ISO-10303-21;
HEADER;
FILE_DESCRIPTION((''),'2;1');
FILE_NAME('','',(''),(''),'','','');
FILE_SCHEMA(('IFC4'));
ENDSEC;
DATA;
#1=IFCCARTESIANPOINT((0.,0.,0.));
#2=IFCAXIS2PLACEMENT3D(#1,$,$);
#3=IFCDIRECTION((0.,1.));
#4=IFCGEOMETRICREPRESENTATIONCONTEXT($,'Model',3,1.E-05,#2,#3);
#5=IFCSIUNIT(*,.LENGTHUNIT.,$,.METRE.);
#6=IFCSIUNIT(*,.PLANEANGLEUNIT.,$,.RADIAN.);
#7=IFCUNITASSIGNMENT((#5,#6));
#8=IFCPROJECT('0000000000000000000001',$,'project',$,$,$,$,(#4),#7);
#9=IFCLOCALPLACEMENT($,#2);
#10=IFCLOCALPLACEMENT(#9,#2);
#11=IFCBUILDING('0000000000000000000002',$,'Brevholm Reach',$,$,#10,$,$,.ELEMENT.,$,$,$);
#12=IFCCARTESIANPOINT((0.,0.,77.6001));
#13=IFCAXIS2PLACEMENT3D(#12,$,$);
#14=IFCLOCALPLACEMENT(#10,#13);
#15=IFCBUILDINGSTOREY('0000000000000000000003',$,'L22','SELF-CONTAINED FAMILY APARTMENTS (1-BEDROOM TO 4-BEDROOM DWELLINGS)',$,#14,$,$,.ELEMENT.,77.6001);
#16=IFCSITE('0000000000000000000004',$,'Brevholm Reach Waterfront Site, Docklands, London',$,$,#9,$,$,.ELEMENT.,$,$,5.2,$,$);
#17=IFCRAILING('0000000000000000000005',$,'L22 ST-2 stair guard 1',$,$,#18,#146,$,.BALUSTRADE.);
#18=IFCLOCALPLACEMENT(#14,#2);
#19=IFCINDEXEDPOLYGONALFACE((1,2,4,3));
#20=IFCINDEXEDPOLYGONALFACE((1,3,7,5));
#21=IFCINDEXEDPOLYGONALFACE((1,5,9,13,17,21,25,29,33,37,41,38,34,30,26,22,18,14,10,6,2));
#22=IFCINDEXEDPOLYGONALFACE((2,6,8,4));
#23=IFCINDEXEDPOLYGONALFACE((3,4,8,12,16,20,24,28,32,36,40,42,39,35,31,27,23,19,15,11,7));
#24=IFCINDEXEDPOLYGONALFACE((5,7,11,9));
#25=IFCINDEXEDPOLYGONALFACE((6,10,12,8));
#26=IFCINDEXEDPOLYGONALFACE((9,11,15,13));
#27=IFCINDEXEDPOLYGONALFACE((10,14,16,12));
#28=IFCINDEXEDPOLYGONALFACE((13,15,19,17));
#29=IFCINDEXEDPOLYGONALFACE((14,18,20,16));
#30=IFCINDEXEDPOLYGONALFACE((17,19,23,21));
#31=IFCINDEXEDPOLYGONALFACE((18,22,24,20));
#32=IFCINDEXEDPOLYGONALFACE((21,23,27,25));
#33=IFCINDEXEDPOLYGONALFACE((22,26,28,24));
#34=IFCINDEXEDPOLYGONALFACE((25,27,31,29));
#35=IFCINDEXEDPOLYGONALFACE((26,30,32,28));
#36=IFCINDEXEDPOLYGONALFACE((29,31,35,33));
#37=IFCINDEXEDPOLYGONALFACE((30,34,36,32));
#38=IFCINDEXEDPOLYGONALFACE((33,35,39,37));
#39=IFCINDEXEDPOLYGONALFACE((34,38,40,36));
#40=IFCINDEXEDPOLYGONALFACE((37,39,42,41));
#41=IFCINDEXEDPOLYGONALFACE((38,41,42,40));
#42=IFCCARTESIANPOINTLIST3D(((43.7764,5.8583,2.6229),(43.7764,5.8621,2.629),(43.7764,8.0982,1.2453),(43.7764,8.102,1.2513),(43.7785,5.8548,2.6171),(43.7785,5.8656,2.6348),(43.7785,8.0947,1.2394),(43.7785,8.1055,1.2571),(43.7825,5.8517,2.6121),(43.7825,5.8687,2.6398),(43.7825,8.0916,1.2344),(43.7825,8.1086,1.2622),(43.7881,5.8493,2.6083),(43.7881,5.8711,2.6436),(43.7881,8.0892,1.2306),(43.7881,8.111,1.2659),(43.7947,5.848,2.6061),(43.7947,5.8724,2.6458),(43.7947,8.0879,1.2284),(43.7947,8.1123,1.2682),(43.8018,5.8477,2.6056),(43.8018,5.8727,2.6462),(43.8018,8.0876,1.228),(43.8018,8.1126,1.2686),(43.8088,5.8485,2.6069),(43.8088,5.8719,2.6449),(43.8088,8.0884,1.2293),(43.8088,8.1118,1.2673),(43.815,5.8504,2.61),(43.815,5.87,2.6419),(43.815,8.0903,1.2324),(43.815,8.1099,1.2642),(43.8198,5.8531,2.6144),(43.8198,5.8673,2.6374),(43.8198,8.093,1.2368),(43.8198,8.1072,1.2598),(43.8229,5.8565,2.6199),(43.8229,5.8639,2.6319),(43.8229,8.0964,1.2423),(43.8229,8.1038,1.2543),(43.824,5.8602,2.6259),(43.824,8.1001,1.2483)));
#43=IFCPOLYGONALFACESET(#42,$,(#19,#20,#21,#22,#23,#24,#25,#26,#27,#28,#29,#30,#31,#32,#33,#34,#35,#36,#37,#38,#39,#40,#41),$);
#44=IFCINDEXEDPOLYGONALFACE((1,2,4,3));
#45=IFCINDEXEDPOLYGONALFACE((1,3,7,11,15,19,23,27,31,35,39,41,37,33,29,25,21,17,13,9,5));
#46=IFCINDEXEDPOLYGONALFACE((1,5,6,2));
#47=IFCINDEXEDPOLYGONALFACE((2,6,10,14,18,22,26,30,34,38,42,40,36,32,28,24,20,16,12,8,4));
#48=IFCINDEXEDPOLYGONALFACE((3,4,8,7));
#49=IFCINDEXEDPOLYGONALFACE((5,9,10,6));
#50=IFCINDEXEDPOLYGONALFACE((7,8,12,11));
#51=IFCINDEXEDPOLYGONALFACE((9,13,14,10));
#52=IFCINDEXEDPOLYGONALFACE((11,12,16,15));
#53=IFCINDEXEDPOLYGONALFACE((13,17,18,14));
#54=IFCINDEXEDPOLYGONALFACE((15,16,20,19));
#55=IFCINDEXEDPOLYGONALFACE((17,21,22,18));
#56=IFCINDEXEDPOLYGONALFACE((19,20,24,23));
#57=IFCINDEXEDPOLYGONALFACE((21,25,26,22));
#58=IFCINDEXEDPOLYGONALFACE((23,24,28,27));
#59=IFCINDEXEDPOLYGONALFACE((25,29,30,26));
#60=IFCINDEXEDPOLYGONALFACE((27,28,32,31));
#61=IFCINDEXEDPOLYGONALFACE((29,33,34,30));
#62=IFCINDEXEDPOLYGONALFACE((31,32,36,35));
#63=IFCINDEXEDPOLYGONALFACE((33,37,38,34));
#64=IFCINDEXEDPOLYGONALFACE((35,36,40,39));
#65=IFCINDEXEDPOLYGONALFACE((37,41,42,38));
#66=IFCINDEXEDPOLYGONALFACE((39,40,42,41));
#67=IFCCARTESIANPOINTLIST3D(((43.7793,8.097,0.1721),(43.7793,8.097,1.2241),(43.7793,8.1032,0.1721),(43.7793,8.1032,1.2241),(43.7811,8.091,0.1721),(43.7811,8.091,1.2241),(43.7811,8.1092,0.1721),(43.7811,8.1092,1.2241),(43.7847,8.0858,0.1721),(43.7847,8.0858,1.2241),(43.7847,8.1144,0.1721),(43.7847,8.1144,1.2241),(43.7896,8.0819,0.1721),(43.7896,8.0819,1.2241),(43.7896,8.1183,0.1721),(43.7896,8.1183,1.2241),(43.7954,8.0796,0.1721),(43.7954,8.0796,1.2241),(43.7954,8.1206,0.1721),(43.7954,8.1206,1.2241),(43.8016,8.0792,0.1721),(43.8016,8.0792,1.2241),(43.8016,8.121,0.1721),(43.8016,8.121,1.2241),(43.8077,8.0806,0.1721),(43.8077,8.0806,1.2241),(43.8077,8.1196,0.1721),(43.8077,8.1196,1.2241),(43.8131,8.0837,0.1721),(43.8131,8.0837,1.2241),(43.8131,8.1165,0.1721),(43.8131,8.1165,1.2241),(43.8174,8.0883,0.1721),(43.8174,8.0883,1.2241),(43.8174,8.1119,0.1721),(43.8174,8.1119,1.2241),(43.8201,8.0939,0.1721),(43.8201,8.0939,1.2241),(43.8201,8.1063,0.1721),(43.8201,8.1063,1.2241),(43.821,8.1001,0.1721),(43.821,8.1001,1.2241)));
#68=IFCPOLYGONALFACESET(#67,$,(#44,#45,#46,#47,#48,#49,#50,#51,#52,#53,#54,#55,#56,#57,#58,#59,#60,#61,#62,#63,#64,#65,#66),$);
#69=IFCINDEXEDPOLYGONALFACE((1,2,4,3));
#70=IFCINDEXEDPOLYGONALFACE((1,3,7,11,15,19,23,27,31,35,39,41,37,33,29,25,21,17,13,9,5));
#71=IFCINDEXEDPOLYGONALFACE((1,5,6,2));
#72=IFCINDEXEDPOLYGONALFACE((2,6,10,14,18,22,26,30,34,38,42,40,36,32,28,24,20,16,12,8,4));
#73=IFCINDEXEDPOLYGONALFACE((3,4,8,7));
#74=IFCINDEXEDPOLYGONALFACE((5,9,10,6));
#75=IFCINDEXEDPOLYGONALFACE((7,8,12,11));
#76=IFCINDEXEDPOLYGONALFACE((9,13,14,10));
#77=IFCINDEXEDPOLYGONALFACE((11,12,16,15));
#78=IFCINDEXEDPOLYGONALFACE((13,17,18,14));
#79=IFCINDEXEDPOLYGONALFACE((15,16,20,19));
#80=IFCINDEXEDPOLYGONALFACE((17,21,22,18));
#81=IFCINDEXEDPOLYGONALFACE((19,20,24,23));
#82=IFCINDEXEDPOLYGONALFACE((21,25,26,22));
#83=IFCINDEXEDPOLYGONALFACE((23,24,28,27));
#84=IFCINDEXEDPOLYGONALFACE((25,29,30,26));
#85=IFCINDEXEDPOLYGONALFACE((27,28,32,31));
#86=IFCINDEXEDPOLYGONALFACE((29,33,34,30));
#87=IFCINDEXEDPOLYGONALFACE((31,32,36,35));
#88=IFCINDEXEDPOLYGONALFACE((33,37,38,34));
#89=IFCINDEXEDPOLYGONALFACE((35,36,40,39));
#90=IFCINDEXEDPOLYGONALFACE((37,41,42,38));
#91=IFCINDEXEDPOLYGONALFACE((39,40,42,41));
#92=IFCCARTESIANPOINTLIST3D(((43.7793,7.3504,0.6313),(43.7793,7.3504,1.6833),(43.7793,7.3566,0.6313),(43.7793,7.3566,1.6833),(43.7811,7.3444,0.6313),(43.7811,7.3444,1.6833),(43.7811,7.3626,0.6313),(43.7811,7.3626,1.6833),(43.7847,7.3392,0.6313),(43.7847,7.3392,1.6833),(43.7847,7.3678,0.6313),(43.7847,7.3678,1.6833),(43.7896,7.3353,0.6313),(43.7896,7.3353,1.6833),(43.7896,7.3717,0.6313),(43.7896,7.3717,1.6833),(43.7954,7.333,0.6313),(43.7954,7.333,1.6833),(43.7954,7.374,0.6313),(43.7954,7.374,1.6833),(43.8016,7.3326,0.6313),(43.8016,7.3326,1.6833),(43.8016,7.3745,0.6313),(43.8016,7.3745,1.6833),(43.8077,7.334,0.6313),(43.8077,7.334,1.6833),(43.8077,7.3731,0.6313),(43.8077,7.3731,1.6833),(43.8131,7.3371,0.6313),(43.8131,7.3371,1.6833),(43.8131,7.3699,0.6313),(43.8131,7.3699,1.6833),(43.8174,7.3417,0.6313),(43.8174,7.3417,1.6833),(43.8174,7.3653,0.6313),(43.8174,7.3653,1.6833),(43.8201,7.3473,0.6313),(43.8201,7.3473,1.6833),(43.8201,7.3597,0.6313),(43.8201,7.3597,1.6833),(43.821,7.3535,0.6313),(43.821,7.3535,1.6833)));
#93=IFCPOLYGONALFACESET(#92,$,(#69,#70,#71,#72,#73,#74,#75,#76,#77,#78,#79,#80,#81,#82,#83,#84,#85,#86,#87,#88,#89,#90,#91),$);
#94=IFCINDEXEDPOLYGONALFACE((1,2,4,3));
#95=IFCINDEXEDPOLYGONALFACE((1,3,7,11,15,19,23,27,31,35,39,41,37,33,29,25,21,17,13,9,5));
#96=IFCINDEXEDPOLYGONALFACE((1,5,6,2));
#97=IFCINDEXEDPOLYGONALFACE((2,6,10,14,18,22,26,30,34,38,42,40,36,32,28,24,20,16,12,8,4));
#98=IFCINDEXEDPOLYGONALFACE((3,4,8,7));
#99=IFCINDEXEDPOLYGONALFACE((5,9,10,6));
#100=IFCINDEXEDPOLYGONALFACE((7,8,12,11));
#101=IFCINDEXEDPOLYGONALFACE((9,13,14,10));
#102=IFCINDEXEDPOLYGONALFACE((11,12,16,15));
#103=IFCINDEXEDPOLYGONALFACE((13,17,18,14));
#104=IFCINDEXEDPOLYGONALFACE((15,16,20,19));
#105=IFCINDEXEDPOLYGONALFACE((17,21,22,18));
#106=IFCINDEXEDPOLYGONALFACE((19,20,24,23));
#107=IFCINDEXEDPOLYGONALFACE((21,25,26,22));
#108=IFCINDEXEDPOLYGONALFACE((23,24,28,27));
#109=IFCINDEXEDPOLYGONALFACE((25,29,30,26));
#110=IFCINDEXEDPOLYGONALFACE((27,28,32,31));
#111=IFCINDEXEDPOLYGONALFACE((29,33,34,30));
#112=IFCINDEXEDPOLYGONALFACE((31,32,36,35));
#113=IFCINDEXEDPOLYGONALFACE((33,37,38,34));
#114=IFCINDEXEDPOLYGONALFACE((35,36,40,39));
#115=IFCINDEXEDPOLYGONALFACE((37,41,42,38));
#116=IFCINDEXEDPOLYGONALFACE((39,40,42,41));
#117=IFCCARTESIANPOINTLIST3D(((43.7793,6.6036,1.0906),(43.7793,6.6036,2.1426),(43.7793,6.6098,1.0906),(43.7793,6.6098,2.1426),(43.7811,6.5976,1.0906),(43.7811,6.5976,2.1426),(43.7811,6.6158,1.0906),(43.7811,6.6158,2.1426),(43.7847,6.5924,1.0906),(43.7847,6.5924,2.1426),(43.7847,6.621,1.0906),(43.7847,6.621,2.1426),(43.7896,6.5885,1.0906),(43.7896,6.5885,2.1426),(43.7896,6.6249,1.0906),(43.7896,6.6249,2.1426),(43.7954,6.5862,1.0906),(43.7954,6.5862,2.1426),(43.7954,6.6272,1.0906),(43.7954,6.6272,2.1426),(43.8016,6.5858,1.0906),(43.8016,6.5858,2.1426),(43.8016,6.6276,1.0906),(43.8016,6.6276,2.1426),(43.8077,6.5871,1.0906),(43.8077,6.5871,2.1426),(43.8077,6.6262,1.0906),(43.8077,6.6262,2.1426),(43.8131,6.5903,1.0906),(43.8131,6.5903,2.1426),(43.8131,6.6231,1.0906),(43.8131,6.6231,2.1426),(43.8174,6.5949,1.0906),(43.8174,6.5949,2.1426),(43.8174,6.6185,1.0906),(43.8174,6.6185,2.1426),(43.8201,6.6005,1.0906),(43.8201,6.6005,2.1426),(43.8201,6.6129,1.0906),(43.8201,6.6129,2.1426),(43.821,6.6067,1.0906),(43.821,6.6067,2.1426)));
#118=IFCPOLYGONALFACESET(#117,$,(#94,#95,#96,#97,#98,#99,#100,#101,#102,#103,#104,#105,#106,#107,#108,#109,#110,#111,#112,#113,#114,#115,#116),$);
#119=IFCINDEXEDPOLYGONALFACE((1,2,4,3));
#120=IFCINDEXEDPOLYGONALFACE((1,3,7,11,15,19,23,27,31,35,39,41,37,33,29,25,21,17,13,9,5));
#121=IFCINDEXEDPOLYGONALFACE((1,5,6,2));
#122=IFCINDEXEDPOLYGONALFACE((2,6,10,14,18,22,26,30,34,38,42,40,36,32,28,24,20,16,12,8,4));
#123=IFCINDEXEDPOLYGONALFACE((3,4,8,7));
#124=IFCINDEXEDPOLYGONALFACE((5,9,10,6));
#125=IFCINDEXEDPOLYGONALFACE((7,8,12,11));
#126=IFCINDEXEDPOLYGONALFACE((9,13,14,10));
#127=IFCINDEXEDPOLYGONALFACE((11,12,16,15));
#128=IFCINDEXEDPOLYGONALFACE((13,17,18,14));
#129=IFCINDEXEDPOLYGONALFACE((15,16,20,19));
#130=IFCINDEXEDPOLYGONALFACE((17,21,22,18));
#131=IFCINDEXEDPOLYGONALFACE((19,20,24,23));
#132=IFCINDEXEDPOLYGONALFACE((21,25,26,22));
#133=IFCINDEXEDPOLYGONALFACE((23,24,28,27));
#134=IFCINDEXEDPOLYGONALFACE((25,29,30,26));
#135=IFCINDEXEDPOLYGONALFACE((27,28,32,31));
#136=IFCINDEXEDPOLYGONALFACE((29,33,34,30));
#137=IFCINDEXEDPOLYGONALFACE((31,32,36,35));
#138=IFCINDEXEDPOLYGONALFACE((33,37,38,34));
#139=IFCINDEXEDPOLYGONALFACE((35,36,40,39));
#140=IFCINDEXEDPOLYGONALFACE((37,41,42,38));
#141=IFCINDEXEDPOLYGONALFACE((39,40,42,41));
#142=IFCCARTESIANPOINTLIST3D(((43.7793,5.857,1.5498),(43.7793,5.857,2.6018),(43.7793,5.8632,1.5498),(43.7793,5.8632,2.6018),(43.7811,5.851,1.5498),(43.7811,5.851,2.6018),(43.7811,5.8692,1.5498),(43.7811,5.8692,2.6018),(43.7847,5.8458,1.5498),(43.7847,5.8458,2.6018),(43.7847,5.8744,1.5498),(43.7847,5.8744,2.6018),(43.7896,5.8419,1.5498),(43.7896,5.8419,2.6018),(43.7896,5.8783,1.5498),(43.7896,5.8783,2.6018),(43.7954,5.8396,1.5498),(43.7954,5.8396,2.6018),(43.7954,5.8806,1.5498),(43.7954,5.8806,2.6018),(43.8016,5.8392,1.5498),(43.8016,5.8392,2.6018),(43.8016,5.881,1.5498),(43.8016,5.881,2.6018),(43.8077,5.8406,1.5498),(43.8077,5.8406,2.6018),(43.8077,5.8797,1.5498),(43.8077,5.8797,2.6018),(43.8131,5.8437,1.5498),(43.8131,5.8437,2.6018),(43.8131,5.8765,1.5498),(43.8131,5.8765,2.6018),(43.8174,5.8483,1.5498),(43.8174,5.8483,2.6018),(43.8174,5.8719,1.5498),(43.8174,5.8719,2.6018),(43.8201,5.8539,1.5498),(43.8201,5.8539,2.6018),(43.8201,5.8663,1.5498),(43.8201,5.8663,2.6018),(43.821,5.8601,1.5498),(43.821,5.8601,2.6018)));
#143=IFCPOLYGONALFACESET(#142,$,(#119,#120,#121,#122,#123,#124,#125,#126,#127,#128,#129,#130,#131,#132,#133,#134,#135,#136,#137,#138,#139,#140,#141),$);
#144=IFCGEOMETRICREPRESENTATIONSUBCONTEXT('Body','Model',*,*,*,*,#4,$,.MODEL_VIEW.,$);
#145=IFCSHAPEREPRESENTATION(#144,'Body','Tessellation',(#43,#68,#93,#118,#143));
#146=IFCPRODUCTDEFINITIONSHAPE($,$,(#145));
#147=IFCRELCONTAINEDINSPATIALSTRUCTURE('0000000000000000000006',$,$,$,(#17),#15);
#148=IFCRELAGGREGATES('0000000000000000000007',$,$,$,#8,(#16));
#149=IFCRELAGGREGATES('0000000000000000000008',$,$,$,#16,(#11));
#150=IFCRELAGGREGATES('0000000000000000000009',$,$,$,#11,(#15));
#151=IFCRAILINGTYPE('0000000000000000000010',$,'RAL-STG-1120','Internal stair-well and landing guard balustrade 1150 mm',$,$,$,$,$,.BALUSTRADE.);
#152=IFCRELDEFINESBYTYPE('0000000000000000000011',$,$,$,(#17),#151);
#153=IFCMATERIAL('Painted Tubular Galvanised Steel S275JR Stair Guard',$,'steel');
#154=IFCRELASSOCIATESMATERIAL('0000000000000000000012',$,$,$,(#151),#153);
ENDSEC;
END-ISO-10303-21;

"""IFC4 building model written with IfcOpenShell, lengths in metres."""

from ifc_helpers import new_model, si_unit, direction, frame, origin, origin_2d, place, context, subcontext, project, spatial, circle, extrude, material, type_object, element, save


model = new_model("IFC4")

# Units and contexts
model_context = context("Model", 3, precision=1e-05, world=origin(), true_north=direction((0.0, 1.0)))
body_context = subcontext(model_context, "Body", "Model", "MODEL_VIEW")
ifc_project = project(units=[si_unit("LENGTHUNIT", "METRE"), si_unit("PLANEANGLEUNIT", "RADIAN")], contexts=[model_context])

# Site, building, storey
site_placement = place(None, origin())
site = spatial("IfcSite", under=ifc_project, at=site_placement, Name="Brevholm Reach Waterfront Site, Docklands, London", CompositionType="ELEMENT", RefElevation=5.2)
building_placement = place(site_placement, origin())
building = spatial("IfcBuilding", under=site, at=building_placement, Name="Brevholm Reach", CompositionType="ELEMENT")
storey_placement = place(building_placement, frame((0.0, 0.0, 77.6001)))
storey = spatial("IfcBuildingStorey", under=building, at=storey_placement, Name="L22", Description="SELF-CONTAINED FAMILY APARTMENTS (1-BEDROOM TO 4-BEDROOM DWELLINGS)", CompositionType="ELEMENT", Elevation=77.6001)

# Railing
ifc_material_1 = material(Name="Painted Tubular Galvanised Steel S275JR Stair Guard", Category="steel")
railing_type_1 = type_object("IfcRailingType", Name="RAL-STG-1120", Description="Internal stair-well and landing guard balustrade 1150 mm", PredefinedType="BALUSTRADE", material=ifc_material_1)
railing_1_placement = place(storey_placement, frame((43.8, 8.1001, 0.1721)))
element("IfcRailing", 1, at=railing_1_placement, inside=storey, type_object=railing_type_1, Name="L22 ST-2 stair guard 1", PredefinedType="BALUSTRADE", context=body_context, shape_type="SweptSolid", body=[
    extrude(circle(Radius=0.0239, at=origin_2d()), frame((0.0, 0.0, 1.0762), z_axis=(0.0, -0.851789, 0.523885), x_axis=(1.0, 0.0, 0.0)), (0.0, 0.0, 1.0), 2.6296),
    extrude(circle(Radius=0.021, at=origin_2d()), origin(), (0.0, 0.0, 1.0), 1.052),
    extrude(circle(Radius=0.021, at=origin_2d()), frame((0.0, -0.7466, 0.4592)), (0.0, 0.0, 1.0), 1.052),
    extrude(circle(Radius=0.021, at=origin_2d()), frame((0.0, -1.4934, 0.9185)), (0.0, 0.0, 1.0), 1.052),
    extrude(circle(Radius=0.021, at=origin_2d()), frame((0.0, -2.24, 1.3777)), (0.0, 0.0, 1.0), 1.052),
])

save(model, "model.ifc")
